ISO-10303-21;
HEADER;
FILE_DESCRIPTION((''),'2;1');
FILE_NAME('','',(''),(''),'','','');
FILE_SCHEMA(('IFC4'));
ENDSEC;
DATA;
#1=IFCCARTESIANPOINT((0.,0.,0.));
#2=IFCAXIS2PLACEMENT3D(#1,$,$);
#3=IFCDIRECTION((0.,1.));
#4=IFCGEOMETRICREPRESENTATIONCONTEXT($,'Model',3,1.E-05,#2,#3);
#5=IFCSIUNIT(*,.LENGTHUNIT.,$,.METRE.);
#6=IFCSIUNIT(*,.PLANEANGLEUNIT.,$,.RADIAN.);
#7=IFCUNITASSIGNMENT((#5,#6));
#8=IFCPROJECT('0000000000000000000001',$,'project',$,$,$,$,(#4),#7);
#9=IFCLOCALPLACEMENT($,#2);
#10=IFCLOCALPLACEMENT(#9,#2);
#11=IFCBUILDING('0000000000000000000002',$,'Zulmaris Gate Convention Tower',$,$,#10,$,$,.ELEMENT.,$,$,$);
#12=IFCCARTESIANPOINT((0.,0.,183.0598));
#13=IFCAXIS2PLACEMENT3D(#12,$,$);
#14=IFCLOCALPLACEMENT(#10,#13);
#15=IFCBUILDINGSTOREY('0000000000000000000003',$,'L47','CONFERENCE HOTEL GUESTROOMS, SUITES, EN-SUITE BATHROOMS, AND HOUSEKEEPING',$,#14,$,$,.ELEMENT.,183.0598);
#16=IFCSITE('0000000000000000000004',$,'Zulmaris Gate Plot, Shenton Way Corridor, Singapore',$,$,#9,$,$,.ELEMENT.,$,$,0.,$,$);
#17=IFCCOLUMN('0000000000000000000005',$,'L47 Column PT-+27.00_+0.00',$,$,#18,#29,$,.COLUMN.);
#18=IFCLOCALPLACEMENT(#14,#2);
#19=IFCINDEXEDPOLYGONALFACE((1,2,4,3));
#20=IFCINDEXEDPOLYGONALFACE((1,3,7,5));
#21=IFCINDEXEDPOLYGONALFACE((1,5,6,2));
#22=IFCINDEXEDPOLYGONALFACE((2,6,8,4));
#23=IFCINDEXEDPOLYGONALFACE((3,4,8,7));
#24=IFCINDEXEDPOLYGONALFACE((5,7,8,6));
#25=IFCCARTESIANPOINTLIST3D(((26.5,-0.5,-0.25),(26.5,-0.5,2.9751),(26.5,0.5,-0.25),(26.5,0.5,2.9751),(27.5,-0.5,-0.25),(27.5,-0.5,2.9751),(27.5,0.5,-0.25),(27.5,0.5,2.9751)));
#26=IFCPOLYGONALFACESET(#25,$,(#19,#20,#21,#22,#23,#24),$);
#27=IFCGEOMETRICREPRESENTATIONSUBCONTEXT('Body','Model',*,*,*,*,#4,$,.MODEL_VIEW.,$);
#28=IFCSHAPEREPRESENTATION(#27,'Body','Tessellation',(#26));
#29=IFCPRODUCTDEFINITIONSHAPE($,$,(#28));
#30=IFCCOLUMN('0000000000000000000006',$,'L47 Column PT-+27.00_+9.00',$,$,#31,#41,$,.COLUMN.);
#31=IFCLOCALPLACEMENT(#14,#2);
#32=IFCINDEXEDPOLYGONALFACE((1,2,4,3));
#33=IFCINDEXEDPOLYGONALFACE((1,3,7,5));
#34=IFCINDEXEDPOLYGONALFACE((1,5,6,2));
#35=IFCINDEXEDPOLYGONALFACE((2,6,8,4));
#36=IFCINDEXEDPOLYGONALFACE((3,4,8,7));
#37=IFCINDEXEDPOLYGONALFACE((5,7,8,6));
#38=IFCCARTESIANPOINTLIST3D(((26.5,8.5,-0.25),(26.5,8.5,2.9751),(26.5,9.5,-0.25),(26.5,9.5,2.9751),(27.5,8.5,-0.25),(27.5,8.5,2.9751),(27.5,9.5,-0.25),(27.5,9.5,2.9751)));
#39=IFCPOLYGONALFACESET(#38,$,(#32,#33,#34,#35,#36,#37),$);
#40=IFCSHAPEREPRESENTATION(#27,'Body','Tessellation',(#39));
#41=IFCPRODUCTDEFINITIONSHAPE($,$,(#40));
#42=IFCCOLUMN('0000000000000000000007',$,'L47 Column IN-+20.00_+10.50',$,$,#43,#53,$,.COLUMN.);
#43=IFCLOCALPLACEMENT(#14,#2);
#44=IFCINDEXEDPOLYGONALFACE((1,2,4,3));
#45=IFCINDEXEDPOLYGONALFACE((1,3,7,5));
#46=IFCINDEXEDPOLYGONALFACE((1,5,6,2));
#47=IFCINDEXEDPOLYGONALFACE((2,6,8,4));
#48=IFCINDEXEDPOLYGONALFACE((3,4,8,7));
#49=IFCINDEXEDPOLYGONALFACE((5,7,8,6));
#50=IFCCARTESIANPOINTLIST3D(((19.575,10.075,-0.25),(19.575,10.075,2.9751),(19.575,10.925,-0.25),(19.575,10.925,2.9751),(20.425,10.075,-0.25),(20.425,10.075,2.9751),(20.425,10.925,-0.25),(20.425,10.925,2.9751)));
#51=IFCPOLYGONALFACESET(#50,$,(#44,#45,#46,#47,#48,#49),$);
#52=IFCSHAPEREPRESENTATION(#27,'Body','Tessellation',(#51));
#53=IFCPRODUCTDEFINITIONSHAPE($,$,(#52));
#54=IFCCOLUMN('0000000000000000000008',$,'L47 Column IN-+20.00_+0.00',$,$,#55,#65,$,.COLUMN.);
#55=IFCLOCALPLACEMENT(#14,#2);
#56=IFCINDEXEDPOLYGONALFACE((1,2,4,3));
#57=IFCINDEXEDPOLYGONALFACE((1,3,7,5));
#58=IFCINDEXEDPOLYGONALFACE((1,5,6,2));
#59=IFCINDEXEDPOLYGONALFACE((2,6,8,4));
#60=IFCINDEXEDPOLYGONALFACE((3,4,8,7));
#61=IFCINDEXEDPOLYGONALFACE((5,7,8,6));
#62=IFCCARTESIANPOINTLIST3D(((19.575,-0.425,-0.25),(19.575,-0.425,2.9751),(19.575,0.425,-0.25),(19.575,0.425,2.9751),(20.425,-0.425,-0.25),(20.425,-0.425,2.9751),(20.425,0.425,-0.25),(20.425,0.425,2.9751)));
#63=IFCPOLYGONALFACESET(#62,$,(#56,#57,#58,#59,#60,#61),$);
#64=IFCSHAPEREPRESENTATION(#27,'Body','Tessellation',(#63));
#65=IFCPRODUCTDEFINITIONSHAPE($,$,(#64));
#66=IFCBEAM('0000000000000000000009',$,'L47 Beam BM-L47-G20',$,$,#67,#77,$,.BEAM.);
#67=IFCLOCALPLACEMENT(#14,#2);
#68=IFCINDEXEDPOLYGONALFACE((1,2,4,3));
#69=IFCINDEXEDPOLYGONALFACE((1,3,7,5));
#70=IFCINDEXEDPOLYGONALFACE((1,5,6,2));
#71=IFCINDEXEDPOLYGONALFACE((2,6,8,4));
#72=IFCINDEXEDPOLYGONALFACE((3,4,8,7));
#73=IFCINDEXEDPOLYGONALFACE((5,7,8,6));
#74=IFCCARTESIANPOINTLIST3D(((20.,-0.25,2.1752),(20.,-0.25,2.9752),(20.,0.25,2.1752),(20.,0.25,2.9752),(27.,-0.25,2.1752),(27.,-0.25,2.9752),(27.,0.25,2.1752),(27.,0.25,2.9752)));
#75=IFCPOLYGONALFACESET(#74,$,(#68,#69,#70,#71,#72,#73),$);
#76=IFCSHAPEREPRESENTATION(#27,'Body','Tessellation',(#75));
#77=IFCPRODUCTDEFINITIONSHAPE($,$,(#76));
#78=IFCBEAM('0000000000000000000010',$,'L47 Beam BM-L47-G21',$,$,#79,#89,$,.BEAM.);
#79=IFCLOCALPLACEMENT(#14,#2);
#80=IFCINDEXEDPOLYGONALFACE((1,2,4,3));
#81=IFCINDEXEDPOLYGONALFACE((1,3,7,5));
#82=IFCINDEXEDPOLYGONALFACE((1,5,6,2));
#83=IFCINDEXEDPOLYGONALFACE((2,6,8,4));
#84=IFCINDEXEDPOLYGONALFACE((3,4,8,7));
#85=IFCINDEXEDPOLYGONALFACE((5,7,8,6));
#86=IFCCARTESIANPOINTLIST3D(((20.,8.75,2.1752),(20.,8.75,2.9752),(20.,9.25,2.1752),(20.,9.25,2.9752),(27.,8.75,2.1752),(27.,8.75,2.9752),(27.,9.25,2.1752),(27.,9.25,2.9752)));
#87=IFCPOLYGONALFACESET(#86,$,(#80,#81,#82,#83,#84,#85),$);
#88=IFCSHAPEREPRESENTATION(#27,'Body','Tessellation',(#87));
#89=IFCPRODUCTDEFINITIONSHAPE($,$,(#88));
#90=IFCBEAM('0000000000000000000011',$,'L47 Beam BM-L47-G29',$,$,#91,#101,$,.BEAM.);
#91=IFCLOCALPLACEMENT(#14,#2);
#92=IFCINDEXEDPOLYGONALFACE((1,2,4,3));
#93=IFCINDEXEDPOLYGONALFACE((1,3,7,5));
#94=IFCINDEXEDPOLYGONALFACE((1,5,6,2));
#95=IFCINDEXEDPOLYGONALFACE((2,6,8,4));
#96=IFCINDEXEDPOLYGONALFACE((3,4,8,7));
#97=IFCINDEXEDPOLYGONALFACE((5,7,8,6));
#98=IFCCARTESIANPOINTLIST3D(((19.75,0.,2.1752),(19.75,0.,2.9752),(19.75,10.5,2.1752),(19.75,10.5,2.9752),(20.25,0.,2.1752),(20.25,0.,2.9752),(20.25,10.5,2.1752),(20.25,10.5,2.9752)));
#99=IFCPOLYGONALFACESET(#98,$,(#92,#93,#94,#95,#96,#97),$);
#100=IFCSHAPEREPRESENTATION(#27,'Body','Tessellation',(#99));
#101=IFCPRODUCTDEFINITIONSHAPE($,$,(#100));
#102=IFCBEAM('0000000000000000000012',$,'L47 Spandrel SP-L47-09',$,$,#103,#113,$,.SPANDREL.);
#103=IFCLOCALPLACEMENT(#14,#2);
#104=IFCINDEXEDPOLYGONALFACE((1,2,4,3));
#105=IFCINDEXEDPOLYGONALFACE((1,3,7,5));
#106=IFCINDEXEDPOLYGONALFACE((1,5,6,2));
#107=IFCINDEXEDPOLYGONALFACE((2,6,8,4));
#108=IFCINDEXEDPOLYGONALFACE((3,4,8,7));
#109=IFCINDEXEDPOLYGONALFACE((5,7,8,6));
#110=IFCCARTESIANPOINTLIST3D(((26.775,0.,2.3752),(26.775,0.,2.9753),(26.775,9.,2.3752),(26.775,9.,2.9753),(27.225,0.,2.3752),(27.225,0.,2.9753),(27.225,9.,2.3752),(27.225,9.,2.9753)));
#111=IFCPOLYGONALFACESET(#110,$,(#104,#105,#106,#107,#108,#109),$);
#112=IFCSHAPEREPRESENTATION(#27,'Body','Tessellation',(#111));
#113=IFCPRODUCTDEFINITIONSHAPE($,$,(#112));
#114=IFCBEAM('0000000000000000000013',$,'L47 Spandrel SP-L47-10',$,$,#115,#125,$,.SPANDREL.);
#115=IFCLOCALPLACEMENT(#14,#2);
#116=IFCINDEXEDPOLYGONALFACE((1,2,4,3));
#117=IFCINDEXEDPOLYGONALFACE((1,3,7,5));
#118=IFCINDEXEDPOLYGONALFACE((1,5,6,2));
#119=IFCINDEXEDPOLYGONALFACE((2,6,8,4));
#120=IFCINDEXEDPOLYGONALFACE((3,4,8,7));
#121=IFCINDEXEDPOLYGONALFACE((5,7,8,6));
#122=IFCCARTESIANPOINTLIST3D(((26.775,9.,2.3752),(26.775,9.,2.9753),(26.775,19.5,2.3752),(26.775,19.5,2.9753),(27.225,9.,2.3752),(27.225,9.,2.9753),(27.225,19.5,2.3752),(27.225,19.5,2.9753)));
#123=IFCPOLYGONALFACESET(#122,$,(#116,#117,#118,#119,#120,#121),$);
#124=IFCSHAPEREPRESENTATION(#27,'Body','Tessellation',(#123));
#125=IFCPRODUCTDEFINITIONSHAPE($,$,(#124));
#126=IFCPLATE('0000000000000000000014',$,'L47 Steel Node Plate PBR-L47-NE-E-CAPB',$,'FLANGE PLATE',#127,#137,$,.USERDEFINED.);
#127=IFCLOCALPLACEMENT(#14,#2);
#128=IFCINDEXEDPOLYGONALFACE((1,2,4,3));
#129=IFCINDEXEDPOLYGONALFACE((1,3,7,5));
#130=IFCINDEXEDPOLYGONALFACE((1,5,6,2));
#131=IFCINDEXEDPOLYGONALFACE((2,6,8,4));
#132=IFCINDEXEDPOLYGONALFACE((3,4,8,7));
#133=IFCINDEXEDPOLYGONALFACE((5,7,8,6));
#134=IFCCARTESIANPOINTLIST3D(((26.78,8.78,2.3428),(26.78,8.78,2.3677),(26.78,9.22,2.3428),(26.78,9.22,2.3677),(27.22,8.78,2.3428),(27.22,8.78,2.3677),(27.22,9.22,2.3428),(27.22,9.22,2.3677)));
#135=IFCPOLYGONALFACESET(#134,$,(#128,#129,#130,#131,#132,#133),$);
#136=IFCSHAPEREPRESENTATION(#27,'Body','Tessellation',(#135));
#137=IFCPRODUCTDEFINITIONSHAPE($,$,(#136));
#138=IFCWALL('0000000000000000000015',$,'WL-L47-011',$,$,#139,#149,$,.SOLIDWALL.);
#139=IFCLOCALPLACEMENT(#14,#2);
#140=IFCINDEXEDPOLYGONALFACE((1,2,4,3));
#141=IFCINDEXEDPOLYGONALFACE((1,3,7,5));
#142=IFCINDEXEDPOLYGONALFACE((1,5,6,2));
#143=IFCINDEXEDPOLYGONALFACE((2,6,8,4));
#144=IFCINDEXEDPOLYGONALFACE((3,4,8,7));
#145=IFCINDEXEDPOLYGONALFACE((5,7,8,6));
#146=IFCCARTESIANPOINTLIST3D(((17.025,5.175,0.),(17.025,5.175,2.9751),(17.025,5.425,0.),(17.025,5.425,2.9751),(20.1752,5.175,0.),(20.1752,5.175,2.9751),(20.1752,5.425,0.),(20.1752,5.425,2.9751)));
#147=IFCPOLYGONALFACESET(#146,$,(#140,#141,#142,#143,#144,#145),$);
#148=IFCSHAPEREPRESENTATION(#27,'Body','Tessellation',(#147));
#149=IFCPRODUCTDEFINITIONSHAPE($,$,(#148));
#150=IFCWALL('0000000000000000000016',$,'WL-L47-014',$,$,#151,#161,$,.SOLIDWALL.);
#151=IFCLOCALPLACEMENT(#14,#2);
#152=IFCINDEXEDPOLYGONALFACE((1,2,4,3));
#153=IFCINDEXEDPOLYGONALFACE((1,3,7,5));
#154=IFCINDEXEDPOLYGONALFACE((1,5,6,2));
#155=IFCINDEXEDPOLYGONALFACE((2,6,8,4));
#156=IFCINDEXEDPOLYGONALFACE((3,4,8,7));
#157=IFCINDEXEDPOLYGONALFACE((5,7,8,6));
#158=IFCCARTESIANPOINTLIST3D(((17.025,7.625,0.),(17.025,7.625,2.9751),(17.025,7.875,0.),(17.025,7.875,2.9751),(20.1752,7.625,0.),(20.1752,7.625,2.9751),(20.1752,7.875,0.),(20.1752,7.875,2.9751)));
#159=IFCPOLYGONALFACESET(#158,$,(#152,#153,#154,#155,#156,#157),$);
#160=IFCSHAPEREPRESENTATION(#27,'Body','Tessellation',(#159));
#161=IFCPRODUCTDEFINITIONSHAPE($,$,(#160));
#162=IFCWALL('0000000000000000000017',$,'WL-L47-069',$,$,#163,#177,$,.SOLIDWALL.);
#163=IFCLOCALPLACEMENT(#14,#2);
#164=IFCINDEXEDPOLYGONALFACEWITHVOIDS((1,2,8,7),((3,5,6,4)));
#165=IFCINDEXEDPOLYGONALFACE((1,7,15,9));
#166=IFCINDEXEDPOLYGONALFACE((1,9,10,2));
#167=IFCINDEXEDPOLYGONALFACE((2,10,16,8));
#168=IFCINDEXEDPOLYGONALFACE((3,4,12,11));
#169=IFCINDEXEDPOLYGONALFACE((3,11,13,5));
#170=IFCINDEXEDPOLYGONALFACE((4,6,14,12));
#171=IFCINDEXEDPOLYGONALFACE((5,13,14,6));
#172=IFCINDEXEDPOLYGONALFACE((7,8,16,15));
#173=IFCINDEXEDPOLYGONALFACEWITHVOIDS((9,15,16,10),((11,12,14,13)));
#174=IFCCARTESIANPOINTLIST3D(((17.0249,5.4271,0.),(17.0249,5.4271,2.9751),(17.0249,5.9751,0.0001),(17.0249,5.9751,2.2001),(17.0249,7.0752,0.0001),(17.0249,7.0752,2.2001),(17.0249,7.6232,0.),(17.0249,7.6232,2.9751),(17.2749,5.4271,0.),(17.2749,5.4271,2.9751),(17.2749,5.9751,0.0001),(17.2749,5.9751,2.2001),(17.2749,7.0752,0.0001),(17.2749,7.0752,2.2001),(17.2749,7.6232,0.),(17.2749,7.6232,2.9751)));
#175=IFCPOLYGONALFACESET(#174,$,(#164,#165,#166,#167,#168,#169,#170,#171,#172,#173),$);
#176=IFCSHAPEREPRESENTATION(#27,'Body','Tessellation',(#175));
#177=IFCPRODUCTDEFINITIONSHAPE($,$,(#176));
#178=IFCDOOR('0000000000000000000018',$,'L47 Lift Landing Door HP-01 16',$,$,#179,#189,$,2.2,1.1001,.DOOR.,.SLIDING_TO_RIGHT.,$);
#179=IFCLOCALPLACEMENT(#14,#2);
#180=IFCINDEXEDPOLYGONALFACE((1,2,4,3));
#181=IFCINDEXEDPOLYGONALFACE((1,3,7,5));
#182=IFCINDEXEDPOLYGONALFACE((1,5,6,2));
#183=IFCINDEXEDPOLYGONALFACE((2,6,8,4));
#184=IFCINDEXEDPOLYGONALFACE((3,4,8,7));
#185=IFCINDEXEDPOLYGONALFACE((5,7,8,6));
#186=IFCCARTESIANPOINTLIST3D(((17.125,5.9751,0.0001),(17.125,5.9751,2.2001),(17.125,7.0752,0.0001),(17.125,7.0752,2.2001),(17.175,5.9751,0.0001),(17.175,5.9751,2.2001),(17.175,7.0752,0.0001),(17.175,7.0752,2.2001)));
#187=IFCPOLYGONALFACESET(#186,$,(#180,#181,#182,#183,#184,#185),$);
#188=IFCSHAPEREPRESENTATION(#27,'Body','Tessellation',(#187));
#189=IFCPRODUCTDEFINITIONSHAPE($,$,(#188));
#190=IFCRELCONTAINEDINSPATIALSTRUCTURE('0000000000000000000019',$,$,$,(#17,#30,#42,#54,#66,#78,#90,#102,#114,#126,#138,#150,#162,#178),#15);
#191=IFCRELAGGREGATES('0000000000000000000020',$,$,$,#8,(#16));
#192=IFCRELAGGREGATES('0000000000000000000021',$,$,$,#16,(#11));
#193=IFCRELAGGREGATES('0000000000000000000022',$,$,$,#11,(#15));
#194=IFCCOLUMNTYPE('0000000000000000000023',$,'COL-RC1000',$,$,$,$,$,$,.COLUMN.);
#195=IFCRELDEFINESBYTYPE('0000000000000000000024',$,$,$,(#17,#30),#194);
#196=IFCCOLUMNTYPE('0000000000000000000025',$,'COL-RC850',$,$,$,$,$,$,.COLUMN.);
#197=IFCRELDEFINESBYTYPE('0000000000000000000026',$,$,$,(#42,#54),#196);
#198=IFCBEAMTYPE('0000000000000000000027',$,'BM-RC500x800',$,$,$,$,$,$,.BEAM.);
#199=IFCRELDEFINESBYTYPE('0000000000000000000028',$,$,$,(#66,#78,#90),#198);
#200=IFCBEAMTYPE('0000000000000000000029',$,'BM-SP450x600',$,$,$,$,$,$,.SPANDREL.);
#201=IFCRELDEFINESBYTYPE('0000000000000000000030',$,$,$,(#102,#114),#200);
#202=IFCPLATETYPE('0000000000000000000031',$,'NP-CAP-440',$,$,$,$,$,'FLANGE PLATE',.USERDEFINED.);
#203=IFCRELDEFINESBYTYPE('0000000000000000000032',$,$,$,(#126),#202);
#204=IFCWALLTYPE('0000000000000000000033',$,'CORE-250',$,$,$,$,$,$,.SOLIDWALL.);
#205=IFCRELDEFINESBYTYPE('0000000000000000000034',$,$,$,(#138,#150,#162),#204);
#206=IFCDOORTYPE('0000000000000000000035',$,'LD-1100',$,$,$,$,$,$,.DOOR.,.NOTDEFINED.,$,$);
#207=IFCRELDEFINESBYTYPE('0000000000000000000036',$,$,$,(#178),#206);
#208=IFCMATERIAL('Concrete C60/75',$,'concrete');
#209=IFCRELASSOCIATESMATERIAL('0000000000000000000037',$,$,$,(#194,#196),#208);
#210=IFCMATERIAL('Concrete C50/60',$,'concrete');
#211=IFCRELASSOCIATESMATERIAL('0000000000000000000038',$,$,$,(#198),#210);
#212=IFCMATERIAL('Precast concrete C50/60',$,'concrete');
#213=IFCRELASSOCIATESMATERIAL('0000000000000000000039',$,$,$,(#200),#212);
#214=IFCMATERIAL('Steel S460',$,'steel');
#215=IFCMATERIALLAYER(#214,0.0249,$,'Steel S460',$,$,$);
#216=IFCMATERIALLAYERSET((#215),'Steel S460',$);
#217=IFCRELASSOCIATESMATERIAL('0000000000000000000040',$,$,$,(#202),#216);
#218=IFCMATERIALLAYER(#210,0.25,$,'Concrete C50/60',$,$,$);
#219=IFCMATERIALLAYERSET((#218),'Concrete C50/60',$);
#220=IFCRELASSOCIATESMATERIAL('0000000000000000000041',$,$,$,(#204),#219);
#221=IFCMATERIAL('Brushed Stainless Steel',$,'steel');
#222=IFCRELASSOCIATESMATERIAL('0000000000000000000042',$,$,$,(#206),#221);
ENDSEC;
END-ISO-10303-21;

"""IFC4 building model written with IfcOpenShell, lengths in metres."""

from ifc_helpers import new_model, si_unit, direction, frame, frame_2d, origin, origin_2d, place, context, subcontext, project, spatial, rectangle, extrude, material, layer, layer_set, material_profile, profile_set, type_object, element, fill, save


model = new_model("IFC4")

# Units and contexts
model_context = context("Model", 3, precision=1e-05, world=origin(), true_north=direction((0.0, 1.0)))
body_context = subcontext(model_context, "Body", "Model", "MODEL_VIEW")
ifc_project = project(units=[si_unit("LENGTHUNIT", "METRE"), si_unit("PLANEANGLEUNIT", "RADIAN")], contexts=[model_context])

# Site, building, storey
site_placement = place(None, origin())
site = spatial("IfcSite", under=ifc_project, at=site_placement, Name="Zulmaris Gate Plot, Shenton Way Corridor, Singapore", CompositionType="ELEMENT", RefElevation=0.0)
building_placement = place(site_placement, origin())
building = spatial("IfcBuilding", under=site, at=building_placement, Name="Zulmaris Gate Convention Tower", CompositionType="ELEMENT")
storey_placement = place(building_placement, frame((0.0, 0.0, 183.0598)))
storey = spatial("IfcBuildingStorey", under=building, at=storey_placement, Name="L47", Description="CONFERENCE HOTEL GUESTROOMS, SUITES, EN-SUITE BATHROOMS, AND HOUSEKEEPING", CompositionType="ELEMENT", Elevation=183.0598)

# Columns
ifc_material_1 = material(Name="Concrete C60/75", Category="concrete")
ifc_material_profile_1 = material_profile(ifc_material_1, rectangle(XDim=1.0, YDim=1.0, at=origin_2d()), Name="RC COL 1000x1000")
ifc_profile_set_1 = profile_set([ifc_material_profile_1], Name="Concrete C60/75")
column_type_1 = type_object("IfcColumnType", Name="COL-RC1000", PredefinedType="COLUMN", material=ifc_profile_set_1)
for number, where, z_axis, x_axis, name in (
    (1, (27.0, 0.0, -0.25), (0.0, 0.0, 1.0), (1.0, 0.0, 0.0), "L47 Column PT-+27.00_+0.00"),
    (2, (27.0, 9.0, -0.25), (0.0, 0.0, 1.0), (1.0, 0.0, 0.0), "L47 Column PT-+27.00_+9.00"),
):
    element("IfcColumn", number, at=place(storey_placement, frame(where, z_axis=z_axis, x_axis=x_axis)), inside=storey, type_object=column_type_1, Name=name, PredefinedType="COLUMN", context=body_context, shape_type="SweptSolid", body=[
        extrude(rectangle(XDim=1.0, YDim=1.0, at=origin_2d()), origin(), (0.0, 0.0, 1.0), 3.2251),
    ])
ifc_material_profile_2 = material_profile(ifc_material_1, rectangle(XDim=0.8501, YDim=0.8501, at=origin_2d()), Name="RC COL 850x850")
ifc_profile_set_2 = profile_set([ifc_material_profile_2], Name="Concrete C60/75")
column_type_2 = type_object("IfcColumnType", Name="COL-RC850", PredefinedType="COLUMN", material=ifc_profile_set_2)
for number, where, z_axis, x_axis, name in (
    (3, (20.0, 10.5, -0.25), (0.0, 0.0, 1.0), (1.0, 0.0, 0.0), "L47 Column IN-+20.00_+10.50"),
    (4, (20.0, 0.0, -0.25), (0.0, 0.0, 1.0), (1.0, 0.0, 0.0), "L47 Column IN-+20.00_+0.00"),
):
    element("IfcColumn", number, at=place(storey_placement, frame(where, z_axis=z_axis, x_axis=x_axis)), inside=storey, type_object=column_type_2, Name=name, PredefinedType="COLUMN", context=body_context, shape_type="SweptSolid", body=[
        extrude(rectangle(XDim=0.8501, YDim=0.8501, at=origin_2d()), origin(), (0.0, 0.0, 1.0), 3.2251),
    ])

# Beams
ifc_material_2 = material(Name="Concrete C50/60", Category="concrete")
ifc_material_profile_3 = material_profile(ifc_material_2, rectangle(XDim=0.5, YDim=0.8, at=origin_2d()), Name="RC BEAM 500x800")
ifc_profile_set_3 = profile_set([ifc_material_profile_3], Name="Concrete C50/60")
beam_type_1 = type_object("IfcBeamType", Name="BM-RC500x800", PredefinedType="BEAM", material=ifc_profile_set_3)
for number, where, z_axis, x_axis, name in (
    (5, (20.0, 0.0, 2.5752), (1.0, 0.0, 0.0), (0.0, 1.0, 0.0), "L47 Beam BM-L47-G20"),
    (6, (20.0, 9.0, 2.5752), (1.0, 0.0, 0.0), (0.0, 1.0, 0.0), "L47 Beam BM-L47-G21"),
):
    element("IfcBeam", number, at=place(storey_placement, frame(where, z_axis=z_axis, x_axis=x_axis)), inside=storey, type_object=beam_type_1, Name=name, PredefinedType="BEAM", context=body_context, shape_type="SweptSolid", body=[
        extrude(rectangle(XDim=0.5, YDim=0.8, at=origin_2d()), origin(), (0.0, 0.0, 1.0), 7.0),
    ])
beam_1_placement = place(storey_placement, frame((20.0, 0.0, 2.5752), z_axis=(0.0, 1.0, 0.0), x_axis=(-1.0, 0.0, 0.0)))
element("IfcBeam", 7, at=beam_1_placement, inside=storey, type_object=beam_type_1, Name="L47 Beam BM-L47-G29", PredefinedType="BEAM", context=body_context, shape_type="SweptSolid", body=[
    extrude(rectangle(XDim=0.5, YDim=0.8, at=origin_2d()), origin(), (0.0, 0.0, 1.0), 10.5),
])
ifc_material_3 = material(Name="Precast concrete C50/60", Category="concrete")
ifc_material_profile_4 = material_profile(ifc_material_3, rectangle(XDim=0.45, YDim=0.6001, at=origin_2d()), Name="RC SPANDREL 450x600")
ifc_profile_set_4 = profile_set([ifc_material_profile_4], Name="Precast concrete C50/60")
beam_type_2 = type_object("IfcBeamType", Name="BM-SP450x600", PredefinedType="SPANDREL", material=ifc_profile_set_4)
beam_2_placement = place(storey_placement, frame((27.0, 0.0, 2.6753), z_axis=(0.0, 1.0, 0.0), x_axis=(-1.0, 0.0, 0.0)))
element("IfcBeam", 8, at=beam_2_placement, inside=storey, type_object=beam_type_2, Name="L47 Spandrel SP-L47-09", PredefinedType="SPANDREL", context=body_context, shape_type="SweptSolid", body=[
    extrude(rectangle(XDim=0.45, YDim=0.6001, at=origin_2d()), origin(), (0.0, 0.0, 1.0), 9.0),
])
beam_3_placement = place(storey_placement, frame((27.0, 9.0, 2.6753), z_axis=(0.0, 1.0, 0.0), x_axis=(-1.0, 0.0, 0.0)))
element("IfcBeam", 9, at=beam_3_placement, inside=storey, type_object=beam_type_2, Name="L47 Spandrel SP-L47-10", PredefinedType="SPANDREL", context=body_context, shape_type="SweptSolid", body=[
    extrude(rectangle(XDim=0.45, YDim=0.6001, at=origin_2d()), origin(), (0.0, 0.0, 1.0), 10.5),
])

# Plate
ifc_material_4 = material(Name="Steel S460", Category="steel")
ifc_layer_1 = layer(ifc_material_4, 0.0249, Name="Steel S460")
ifc_layer_set_1 = layer_set([ifc_layer_1], Name="Steel S460")
plate_type = type_object("IfcPlateType", Name="NP-CAP-440", ElementType="FLANGE PLATE", PredefinedType="USERDEFINED", material=ifc_layer_set_1)
plate_placement = place(storey_placement, frame((27.0, 9.0, 2.3428), z_axis=(0.0, 0.0, 1.0), x_axis=(1.0, 0.0, 0.0)))
element("IfcPlate", 10, at=plate_placement, inside=storey, type_object=plate_type, Name="L47 Steel Node Plate PBR-L47-NE-E-CAPB", ObjectType="FLANGE PLATE", PredefinedType="USERDEFINED", context=body_context, shape_type="SweptSolid", body=[
    extrude(rectangle(XDim=0.4399, YDim=0.4399, at=origin_2d()), origin(), (0.0, 0.0, 1.0), 0.0249),
])

# Walls
ifc_layer_2 = layer(ifc_material_2, 0.25, Name="Concrete C50/60")
ifc_layer_set_2 = layer_set([ifc_layer_2], Name="Concrete C50/60")
wall_type_1 = type_object("IfcWallType", Name="CORE-250", PredefinedType="SOLIDWALL", material=ifc_layer_set_2)
for number, where, z_axis, x_axis, name in (
    (11, (17.0249, 5.3, 0.0), (0.0, 0.0, 1.0), (1.0, 0.0, 0.0), "WL-L47-011"),
    (12, (17.0249, 7.75, 0.0), (0.0, 0.0, 1.0), (1.0, 0.0, 0.0), "WL-L47-014"),
):
    element("IfcWall", number, at=place(storey_placement, frame(where, z_axis=z_axis, x_axis=x_axis)), inside=storey, type_object=wall_type_1, Name=name, PredefinedType="SOLIDWALL", context=body_context, shape_type="SweptSolid", body=[
        extrude(rectangle(XDim=3.1501, YDim=0.25, at=frame_2d((1.5752, 0.0))), origin(), (0.0, 0.0, 1.0), 2.9751),
    ])

# Wall, opening, door
wall_1_placement = place(storey_placement, frame((17.1499, 5.427, 0.0), z_axis=(0.0, 0.0, 1.0), x_axis=(0.0, 1.0, 0.0)))
wall_1 = element("IfcWall", 13, at=wall_1_placement, inside=storey, type_object=wall_type_1, Name="WL-L47-069", PredefinedType="SOLIDWALL", context=body_context, shape_type="SweptSolid", body=[
    extrude(rectangle(XDim=2.196, YDim=0.25, at=frame_2d((1.0981, 0.0))), origin(), (0.0, 0.0, 1.0), 2.9751),
])
opening_1_placement = place(wall_1_placement, frame((0.5481, 0.0, 0.0)))
opening_1 = element("IfcOpeningElement", 14, at=opening_1_placement, cuts=wall_1, PredefinedType="OPENING", context=body_context, shape_type="SweptSolid", body=[
    extrude(rectangle(XDim=1.1001, YDim=2.2, at=frame_2d((0.55, 1.1001))), frame((0.0, 0.135, 0.0), z_axis=(0.0, -1.0, 0.0), x_axis=(1.0, 0.0, 0.0)), (0.0, 0.0, 1.0), 0.27),
])
ifc_material_5 = material(Name="Brushed Stainless Steel", Category="steel")
door_type = type_object("IfcDoorType", Name="LD-1100", OperationType="NOTDEFINED", PredefinedType="DOOR", material=ifc_material_5)
door_1_placement = place(opening_1_placement, origin())
door_1 = element("IfcDoor", 15, at=door_1_placement, inside=storey, type_object=door_type, Name="L47 Lift Landing Door HP-01 16", OperationType="SLIDING_TO_RIGHT", OverallHeight=2.2, OverallWidth=1.1001, PredefinedType="DOOR", context=body_context, shape_type="SweptSolid", body=[
    extrude(rectangle(XDim=1.1001, YDim=2.2, at=frame_2d((0.55, 1.1001))), frame((0.0, 0.0249, 0.0), z_axis=(0.0, -1.0, 0.0), x_axis=(1.0, 0.0, 0.0)), (0.0, 0.0, 1.0), 0.05),
])
fill(opening_1, door_1)

save(model, "model.ifc")
